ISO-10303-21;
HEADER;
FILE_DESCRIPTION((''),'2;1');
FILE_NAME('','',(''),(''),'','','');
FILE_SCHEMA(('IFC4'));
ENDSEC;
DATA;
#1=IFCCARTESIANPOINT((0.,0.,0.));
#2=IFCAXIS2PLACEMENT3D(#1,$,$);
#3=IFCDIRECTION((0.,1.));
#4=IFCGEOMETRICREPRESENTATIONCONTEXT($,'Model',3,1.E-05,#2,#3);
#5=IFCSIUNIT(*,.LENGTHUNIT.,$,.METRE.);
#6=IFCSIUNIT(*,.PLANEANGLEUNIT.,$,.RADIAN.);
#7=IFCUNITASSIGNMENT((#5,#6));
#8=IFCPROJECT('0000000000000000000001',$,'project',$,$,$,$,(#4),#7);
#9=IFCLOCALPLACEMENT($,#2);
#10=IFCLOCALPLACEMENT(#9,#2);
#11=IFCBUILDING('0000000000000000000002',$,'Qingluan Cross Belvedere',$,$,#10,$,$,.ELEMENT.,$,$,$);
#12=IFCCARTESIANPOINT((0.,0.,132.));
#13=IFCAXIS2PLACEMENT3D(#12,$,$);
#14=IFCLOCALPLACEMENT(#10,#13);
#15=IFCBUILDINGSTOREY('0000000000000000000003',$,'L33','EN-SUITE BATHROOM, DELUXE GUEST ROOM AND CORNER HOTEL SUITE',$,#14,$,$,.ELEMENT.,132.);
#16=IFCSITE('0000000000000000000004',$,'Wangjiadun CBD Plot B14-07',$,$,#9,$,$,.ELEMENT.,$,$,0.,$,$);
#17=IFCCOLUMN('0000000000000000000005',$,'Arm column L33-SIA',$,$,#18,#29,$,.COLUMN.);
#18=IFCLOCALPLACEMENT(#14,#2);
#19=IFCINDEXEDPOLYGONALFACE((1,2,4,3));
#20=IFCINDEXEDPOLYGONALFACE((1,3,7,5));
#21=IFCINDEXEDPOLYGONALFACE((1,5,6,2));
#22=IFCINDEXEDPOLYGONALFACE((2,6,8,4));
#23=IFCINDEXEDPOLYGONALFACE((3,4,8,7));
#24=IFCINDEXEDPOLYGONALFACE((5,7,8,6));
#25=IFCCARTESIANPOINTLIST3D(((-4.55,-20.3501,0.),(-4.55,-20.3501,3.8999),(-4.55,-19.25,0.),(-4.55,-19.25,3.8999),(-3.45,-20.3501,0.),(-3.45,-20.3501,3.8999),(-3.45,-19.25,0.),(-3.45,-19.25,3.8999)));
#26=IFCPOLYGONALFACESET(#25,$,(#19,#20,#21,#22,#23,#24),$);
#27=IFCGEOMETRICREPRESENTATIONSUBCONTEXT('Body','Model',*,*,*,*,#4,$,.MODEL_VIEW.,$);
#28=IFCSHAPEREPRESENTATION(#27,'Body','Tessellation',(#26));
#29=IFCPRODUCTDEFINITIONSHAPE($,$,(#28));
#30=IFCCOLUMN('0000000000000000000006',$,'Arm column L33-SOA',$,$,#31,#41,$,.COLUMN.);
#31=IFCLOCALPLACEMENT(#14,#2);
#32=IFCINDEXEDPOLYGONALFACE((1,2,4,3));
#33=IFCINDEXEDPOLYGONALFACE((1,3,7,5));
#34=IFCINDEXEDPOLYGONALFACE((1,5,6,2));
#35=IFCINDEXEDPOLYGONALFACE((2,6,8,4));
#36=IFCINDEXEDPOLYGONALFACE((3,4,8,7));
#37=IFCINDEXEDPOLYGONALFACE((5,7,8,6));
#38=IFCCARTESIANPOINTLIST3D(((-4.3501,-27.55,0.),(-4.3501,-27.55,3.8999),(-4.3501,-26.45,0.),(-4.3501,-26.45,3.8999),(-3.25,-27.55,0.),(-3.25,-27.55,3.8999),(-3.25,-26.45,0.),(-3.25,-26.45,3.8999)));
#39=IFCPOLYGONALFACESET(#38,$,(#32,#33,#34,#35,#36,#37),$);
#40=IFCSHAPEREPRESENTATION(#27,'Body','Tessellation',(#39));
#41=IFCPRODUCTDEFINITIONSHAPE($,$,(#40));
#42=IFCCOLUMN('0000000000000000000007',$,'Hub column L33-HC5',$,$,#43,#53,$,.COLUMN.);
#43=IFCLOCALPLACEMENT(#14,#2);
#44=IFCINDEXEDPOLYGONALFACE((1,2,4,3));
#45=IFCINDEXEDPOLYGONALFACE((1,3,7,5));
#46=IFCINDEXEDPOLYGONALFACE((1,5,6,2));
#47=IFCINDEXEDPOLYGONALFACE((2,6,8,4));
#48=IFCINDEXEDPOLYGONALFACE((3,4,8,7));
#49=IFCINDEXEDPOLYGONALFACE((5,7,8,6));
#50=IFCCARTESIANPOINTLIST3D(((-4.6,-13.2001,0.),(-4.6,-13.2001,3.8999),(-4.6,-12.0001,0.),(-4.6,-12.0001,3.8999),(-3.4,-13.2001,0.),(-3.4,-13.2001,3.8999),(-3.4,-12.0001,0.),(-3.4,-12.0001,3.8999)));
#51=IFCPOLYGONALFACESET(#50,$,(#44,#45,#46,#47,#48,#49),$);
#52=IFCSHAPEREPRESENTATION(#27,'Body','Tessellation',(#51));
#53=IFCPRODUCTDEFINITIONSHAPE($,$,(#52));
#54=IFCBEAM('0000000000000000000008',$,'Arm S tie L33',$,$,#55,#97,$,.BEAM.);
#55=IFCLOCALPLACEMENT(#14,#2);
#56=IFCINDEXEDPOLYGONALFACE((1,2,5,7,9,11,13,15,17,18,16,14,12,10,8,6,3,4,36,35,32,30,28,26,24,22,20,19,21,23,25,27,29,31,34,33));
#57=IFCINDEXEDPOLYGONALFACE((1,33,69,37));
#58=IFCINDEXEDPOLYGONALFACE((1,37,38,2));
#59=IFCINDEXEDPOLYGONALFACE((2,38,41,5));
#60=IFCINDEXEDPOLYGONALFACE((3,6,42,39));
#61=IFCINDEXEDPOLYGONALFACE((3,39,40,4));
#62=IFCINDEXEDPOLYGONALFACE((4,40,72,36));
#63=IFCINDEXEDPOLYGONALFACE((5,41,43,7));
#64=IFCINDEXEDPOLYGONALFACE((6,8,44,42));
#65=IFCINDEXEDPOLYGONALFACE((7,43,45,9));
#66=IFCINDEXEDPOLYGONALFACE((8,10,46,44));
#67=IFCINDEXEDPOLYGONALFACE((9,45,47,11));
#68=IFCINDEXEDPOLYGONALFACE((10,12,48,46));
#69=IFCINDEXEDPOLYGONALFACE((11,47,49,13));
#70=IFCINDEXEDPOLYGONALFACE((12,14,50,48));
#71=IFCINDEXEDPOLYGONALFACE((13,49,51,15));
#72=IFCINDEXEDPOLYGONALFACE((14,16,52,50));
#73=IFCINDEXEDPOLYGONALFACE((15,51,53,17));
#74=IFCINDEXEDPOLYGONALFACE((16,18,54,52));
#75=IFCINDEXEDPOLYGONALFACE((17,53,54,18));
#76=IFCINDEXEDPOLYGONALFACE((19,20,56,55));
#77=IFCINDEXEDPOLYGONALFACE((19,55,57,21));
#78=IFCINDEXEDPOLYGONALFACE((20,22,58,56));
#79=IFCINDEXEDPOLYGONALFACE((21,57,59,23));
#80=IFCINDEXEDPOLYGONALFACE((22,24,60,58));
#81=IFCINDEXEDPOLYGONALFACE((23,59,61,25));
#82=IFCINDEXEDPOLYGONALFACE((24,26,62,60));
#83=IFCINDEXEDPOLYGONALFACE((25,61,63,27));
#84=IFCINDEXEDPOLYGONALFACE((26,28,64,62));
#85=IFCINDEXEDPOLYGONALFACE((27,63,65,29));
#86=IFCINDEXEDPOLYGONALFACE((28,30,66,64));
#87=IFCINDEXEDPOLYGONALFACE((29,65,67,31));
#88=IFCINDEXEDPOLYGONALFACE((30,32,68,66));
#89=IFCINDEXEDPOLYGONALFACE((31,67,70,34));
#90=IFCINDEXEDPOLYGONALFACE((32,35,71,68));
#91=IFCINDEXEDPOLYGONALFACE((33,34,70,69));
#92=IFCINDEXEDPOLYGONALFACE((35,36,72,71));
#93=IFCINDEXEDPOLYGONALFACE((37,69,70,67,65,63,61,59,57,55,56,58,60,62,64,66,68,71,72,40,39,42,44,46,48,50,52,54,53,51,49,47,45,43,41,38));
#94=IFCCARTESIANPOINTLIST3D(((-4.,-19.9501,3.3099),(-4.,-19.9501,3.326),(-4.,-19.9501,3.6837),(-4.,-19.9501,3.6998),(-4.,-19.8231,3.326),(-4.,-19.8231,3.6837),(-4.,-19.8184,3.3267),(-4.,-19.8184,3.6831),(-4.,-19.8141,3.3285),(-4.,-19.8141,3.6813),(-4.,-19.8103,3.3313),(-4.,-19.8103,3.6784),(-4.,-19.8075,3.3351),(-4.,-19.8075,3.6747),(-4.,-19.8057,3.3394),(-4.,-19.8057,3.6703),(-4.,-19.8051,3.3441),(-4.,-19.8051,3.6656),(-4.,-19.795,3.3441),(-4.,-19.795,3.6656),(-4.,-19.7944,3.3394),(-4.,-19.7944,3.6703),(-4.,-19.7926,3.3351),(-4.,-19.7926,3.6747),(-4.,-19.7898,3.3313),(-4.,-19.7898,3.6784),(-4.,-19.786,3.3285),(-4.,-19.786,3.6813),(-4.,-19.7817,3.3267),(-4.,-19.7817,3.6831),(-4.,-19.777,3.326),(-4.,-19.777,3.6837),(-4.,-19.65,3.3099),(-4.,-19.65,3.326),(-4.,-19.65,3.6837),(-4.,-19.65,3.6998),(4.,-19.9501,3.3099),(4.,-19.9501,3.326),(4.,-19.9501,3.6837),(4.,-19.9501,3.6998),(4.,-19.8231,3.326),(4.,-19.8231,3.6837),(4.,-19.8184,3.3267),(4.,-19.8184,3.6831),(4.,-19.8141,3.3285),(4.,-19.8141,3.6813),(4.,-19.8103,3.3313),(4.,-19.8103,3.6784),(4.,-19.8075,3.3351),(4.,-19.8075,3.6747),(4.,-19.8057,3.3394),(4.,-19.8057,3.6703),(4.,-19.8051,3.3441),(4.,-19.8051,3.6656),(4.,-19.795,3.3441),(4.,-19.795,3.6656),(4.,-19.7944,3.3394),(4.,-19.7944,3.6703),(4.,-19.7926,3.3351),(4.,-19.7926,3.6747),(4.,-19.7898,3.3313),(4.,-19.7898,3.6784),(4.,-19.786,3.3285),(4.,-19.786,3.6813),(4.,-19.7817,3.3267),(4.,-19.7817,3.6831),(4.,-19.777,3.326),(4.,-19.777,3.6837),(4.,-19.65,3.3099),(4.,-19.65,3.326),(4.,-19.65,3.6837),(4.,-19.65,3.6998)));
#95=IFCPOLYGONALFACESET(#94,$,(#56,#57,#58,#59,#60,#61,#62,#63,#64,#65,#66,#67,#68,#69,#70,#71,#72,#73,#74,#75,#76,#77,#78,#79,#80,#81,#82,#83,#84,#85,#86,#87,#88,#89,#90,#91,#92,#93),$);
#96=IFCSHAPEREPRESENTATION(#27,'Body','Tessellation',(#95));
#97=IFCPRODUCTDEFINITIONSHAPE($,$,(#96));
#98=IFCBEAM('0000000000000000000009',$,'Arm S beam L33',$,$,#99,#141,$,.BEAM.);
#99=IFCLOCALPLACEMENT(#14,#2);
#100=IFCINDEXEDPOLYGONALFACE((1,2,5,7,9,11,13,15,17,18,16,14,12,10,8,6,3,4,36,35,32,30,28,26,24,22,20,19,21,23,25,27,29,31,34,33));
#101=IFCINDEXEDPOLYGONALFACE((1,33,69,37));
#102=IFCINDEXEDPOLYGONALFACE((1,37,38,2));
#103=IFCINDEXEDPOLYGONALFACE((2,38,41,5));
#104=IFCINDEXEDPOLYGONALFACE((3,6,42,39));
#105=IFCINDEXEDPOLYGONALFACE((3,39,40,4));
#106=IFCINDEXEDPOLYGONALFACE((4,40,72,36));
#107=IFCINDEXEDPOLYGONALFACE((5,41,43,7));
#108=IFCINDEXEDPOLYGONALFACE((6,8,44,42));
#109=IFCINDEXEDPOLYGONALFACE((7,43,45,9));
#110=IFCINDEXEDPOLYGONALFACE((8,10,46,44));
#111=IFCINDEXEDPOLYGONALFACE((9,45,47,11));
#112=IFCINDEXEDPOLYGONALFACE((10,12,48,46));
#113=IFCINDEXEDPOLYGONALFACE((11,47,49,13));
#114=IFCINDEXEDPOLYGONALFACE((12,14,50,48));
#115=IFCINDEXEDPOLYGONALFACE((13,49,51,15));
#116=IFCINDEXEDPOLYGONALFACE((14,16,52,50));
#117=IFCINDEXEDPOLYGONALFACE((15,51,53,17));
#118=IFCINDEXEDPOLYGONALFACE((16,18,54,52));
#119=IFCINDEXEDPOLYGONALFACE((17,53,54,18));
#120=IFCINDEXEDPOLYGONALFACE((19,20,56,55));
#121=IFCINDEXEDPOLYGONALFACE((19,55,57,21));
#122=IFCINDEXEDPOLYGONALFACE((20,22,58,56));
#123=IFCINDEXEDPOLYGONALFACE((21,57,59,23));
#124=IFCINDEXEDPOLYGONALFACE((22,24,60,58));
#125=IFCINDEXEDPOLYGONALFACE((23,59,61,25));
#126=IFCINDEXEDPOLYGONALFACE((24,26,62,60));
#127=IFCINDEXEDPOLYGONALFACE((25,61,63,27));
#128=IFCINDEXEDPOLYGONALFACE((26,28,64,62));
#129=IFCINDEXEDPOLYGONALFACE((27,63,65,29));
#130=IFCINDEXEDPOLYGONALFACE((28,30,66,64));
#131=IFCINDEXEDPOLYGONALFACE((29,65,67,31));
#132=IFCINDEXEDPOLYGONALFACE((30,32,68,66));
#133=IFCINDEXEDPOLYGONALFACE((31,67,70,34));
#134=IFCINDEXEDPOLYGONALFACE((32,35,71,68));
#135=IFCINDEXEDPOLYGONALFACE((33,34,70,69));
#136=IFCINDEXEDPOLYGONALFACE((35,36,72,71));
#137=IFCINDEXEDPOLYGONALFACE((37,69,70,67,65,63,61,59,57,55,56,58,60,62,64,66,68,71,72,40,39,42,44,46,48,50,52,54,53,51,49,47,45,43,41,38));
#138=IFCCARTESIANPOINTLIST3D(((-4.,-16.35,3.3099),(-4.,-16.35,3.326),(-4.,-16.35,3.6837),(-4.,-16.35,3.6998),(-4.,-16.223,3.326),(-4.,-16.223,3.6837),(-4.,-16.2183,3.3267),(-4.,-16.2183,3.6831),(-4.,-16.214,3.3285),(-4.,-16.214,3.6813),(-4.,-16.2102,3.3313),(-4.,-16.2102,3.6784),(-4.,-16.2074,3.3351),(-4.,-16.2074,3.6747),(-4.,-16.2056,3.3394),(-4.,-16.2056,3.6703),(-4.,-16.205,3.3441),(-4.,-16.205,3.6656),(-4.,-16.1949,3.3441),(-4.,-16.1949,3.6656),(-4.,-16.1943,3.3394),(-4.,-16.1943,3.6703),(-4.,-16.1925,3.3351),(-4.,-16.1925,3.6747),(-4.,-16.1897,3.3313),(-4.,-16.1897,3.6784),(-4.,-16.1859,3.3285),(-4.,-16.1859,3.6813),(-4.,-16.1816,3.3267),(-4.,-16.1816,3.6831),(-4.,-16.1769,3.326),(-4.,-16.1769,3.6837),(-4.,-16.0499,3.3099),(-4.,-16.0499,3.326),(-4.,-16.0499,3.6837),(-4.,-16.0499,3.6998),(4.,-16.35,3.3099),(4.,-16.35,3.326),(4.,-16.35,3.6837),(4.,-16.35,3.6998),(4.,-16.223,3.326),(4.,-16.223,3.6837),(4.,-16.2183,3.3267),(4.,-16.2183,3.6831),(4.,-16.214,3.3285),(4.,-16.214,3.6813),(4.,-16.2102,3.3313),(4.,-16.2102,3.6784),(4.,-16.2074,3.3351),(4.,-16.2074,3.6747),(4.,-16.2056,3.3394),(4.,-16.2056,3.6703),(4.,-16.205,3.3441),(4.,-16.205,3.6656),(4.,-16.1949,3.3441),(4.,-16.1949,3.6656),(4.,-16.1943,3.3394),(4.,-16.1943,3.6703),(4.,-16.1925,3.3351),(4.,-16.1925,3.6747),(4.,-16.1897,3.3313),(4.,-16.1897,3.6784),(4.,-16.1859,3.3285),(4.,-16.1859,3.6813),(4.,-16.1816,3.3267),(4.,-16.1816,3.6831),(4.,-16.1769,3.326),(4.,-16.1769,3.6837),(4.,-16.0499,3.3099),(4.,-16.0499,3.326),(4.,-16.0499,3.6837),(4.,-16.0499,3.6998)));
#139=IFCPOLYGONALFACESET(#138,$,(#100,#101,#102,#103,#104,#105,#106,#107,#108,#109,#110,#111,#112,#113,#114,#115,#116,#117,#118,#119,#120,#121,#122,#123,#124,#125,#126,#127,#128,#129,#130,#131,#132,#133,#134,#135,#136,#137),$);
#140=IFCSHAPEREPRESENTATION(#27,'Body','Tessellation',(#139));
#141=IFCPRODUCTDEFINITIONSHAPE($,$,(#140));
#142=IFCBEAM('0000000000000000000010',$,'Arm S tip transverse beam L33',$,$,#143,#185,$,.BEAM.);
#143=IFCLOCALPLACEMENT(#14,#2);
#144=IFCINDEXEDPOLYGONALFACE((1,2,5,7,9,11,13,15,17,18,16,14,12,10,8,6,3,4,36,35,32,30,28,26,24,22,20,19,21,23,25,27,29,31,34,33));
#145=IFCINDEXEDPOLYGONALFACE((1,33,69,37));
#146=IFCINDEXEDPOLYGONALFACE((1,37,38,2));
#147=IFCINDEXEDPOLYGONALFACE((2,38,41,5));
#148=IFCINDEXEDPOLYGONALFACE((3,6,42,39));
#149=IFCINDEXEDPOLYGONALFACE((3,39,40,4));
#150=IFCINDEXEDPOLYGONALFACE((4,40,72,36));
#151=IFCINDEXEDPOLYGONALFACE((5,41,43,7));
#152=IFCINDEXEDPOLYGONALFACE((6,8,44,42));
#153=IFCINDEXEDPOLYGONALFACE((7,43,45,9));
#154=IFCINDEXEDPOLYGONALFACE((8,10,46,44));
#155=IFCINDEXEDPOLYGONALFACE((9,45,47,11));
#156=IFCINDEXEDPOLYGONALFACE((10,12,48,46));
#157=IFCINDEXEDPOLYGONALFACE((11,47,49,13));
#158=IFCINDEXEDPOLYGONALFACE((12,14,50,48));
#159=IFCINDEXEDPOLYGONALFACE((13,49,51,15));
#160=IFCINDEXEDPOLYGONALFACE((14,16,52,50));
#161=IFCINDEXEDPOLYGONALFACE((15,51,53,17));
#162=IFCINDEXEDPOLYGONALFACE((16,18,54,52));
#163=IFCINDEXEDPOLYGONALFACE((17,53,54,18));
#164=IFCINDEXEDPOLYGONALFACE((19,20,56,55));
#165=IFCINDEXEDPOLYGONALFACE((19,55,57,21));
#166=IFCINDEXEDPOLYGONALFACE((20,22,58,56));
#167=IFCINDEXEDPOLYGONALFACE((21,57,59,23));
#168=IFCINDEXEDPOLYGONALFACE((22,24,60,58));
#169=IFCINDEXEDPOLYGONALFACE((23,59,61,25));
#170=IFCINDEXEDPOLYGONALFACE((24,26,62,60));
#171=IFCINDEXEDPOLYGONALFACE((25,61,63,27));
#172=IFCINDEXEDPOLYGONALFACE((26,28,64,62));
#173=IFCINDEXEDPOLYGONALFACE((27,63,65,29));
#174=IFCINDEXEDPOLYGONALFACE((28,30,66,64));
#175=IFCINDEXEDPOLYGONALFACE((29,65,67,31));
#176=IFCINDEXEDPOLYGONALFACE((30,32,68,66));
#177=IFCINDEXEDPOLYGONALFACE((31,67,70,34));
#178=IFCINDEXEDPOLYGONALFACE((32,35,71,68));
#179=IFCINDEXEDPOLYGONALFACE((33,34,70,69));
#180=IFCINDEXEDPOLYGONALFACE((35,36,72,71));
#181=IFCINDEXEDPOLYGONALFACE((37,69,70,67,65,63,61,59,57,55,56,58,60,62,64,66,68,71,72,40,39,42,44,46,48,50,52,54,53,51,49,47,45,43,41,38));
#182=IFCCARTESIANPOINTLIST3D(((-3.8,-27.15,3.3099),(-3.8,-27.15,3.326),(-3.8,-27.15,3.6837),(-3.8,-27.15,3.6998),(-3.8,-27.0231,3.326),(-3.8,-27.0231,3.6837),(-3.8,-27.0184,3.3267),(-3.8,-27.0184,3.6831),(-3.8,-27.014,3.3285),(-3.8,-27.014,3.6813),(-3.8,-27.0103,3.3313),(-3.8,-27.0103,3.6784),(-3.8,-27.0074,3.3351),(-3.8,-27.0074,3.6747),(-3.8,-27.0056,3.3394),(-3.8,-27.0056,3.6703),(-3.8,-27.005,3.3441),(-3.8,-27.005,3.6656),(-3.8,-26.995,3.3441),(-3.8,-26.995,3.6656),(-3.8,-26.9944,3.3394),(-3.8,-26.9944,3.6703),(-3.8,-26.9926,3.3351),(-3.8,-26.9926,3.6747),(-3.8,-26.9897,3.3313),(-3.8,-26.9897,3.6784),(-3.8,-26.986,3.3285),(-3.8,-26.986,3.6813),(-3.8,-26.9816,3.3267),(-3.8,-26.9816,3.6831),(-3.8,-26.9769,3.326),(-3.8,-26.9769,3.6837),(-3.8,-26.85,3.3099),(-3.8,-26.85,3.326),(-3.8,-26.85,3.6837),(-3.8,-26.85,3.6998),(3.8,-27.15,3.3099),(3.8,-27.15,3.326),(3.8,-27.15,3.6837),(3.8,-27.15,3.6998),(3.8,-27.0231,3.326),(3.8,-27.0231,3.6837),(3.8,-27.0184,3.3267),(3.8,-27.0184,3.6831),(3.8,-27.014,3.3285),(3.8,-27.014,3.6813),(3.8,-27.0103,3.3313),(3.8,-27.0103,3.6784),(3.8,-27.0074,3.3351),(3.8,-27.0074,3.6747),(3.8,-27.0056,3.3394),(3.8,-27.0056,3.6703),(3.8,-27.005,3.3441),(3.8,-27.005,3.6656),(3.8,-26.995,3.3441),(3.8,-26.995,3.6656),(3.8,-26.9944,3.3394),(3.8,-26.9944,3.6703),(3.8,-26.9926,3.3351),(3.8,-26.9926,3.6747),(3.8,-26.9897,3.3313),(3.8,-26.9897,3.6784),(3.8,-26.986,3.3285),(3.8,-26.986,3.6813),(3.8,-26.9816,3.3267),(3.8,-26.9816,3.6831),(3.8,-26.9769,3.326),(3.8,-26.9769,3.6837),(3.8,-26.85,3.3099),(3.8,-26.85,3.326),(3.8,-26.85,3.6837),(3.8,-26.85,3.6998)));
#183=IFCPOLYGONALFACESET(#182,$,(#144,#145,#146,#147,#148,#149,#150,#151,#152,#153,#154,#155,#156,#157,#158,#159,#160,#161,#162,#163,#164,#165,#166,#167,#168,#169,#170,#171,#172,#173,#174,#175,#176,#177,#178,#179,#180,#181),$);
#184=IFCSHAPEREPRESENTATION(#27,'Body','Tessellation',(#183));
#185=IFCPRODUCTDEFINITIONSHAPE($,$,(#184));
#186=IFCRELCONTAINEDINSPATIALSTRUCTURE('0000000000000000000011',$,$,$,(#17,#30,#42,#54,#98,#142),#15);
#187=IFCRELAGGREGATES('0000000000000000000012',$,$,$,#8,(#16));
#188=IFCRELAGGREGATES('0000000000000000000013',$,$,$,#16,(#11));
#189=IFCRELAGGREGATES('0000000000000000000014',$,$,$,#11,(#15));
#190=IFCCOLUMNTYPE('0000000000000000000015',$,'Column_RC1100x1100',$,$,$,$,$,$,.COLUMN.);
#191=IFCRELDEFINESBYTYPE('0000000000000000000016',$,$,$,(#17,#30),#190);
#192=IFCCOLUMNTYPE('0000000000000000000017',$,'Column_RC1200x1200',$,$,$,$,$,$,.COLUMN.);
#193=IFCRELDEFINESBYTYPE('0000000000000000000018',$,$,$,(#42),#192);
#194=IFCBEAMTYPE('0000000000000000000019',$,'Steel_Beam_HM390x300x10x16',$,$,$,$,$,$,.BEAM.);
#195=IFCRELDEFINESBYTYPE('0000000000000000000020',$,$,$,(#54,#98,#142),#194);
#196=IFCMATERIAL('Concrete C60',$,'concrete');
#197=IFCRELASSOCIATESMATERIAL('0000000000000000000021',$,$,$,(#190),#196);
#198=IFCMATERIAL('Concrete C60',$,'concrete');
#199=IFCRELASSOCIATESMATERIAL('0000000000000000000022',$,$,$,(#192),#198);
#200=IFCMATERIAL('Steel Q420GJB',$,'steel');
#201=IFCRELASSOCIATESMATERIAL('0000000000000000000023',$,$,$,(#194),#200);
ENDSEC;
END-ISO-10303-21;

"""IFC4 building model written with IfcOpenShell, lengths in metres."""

from ifc_helpers import new_model, si_unit, direction, frame, origin, origin_2d, place, context, subcontext, project, spatial, rectangle, i_section, extrude, material, material_profile, profile_set, type_object, element, save


model = new_model("IFC4")

# Units and contexts
model_context = context("Model", 3, precision=1e-05, world=origin(), true_north=direction((0.0, 1.0)))
body_context = subcontext(model_context, "Body", "Model", "MODEL_VIEW")
ifc_project = project(units=[si_unit("LENGTHUNIT", "METRE"), si_unit("PLANEANGLEUNIT", "RADIAN")], contexts=[model_context])

# Site, building, storey
site_placement = place(None, origin())
site = spatial("IfcSite", under=ifc_project, at=site_placement, Name="Wangjiadun CBD Plot B14-07", CompositionType="ELEMENT", RefElevation=0.0)
building_placement = place(site_placement, origin())
building = spatial("IfcBuilding", under=site, at=building_placement, Name="Qingluan Cross Belvedere", CompositionType="ELEMENT")
storey_placement = place(building_placement, frame((0.0, 0.0, 132.0)))
storey = spatial("IfcBuildingStorey", under=building, at=storey_placement, Name="L33", Description="EN-SUITE BATHROOM, DELUXE GUEST ROOM AND CORNER HOTEL SUITE", CompositionType="ELEMENT", Elevation=132.0)

# Columns
ifc_material_1 = material(Name="Concrete C60", Category="concrete")
ifc_material_profile_1 = material_profile(ifc_material_1, rectangle(XDim=1.1001, YDim=1.1001, at=origin_2d()), Name="RC1100x1100")
ifc_profile_set_1 = profile_set([ifc_material_profile_1], Name="Concrete C60")
column_type_1 = type_object("IfcColumnType", Name="Column_RC1100x1100", PredefinedType="COLUMN", material=ifc_profile_set_1)
for number, where, z_axis, x_axis, name in (
    (1, (-4.0, -19.8, 0.0), (0.0, 0.0, 1.0), (1.0, 0.0, 0.0), "Arm column L33-SIA"),
    (2, (-3.8, -27.0, 0.0), (0.0, 0.0, 1.0), (1.0, 0.0, 0.0), "Arm column L33-SOA"),
):
    element("IfcColumn", number, at=place(storey_placement, frame(where, z_axis=z_axis, x_axis=x_axis)), inside=storey, type_object=column_type_1, Name=name, PredefinedType="COLUMN", context=body_context, shape_type="SweptSolid", body=[
        extrude(rectangle(XDim=1.1001, YDim=1.1001, at=origin_2d()), origin(), (0.0, 0.0, 1.0), 3.8999),
    ])
ifc_material_2 = material(Name="Concrete C60", Category="concrete")
ifc_material_profile_2 = material_profile(ifc_material_2, rectangle(XDim=1.2, YDim=1.2, at=origin_2d()), Name="RC1200x1200")
ifc_profile_set_2 = profile_set([ifc_material_profile_2], Name="Concrete C60")
column_type_2 = type_object("IfcColumnType", Name="Column_RC1200x1200", PredefinedType="COLUMN", material=ifc_profile_set_2)
column_placement = place(storey_placement, frame((-4.0, -12.6001, 0.0), z_axis=(0.0, 0.0, 1.0), x_axis=(1.0, 0.0, 0.0)))
element("IfcColumn", 3, at=column_placement, inside=storey, type_object=column_type_2, Name="Hub column L33-HC5", PredefinedType="COLUMN", context=body_context, shape_type="SweptSolid", body=[
    extrude(rectangle(XDim=1.2, YDim=1.2, at=origin_2d()), origin(), (0.0, 0.0, 1.0), 3.8999),
])

# Beams
ifc_material_3 = material(Name="Steel Q420GJB", Category="steel")
ifc_material_profile_3 = material_profile(ifc_material_3, i_section(OverallWidth=0.3, OverallDepth=0.3899, WebThickness=0.01, FlangeThickness=0.0161, FilletRadius=0.0181, at=origin_2d()), Name="HM390x300x10x16")
ifc_profile_set_3 = profile_set([ifc_material_profile_3], Name="Steel Q420GJB")
beam_type_1 = type_object("IfcBeamType", Name="Steel_Beam_HM390x300x10x16", PredefinedType="BEAM", material=ifc_profile_set_3)
for number, where, z_axis, x_axis, name in (
    (4, (-4.0, -19.8, 3.5049), (1.0, 0.0, 0.0), (0.0, 1.0, 0.0), "Arm S tie L33"),
    (5, (-4.0, -16.2, 3.5049), (1.0, 0.0, 0.0), (0.0, 1.0, 0.0), "Arm S beam L33"),
):
    element("IfcBeam", number, at=place(storey_placement, frame(where, z_axis=z_axis, x_axis=x_axis)), inside=storey, type_object=beam_type_1, Name=name, PredefinedType="BEAM", context=body_context, shape_type="SweptSolid", body=[
        extrude(i_section(OverallWidth=0.3, OverallDepth=0.3899, WebThickness=0.01, FlangeThickness=0.0161, FilletRadius=0.0181, at=origin_2d()), origin(), (0.0, 0.0, 1.0), 8.0),
    ])
beam_1_placement = place(storey_placement, frame((-3.8, -27.0, 3.5049), z_axis=(1.0, 0.0, 0.0), x_axis=(0.0, 1.0, 0.0)))
element("IfcBeam", 6, at=beam_1_placement, inside=storey, type_object=beam_type_1, Name="Arm S tip transverse beam L33", PredefinedType="BEAM", context=body_context, shape_type="SweptSolid", body=[
    extrude(i_section(OverallWidth=0.3, OverallDepth=0.3899, WebThickness=0.01, FlangeThickness=0.0161, FilletRadius=0.0181, at=origin_2d()), origin(), (0.0, 0.0, 1.0), 7.6001),
])

save(model, "model.ifc")
